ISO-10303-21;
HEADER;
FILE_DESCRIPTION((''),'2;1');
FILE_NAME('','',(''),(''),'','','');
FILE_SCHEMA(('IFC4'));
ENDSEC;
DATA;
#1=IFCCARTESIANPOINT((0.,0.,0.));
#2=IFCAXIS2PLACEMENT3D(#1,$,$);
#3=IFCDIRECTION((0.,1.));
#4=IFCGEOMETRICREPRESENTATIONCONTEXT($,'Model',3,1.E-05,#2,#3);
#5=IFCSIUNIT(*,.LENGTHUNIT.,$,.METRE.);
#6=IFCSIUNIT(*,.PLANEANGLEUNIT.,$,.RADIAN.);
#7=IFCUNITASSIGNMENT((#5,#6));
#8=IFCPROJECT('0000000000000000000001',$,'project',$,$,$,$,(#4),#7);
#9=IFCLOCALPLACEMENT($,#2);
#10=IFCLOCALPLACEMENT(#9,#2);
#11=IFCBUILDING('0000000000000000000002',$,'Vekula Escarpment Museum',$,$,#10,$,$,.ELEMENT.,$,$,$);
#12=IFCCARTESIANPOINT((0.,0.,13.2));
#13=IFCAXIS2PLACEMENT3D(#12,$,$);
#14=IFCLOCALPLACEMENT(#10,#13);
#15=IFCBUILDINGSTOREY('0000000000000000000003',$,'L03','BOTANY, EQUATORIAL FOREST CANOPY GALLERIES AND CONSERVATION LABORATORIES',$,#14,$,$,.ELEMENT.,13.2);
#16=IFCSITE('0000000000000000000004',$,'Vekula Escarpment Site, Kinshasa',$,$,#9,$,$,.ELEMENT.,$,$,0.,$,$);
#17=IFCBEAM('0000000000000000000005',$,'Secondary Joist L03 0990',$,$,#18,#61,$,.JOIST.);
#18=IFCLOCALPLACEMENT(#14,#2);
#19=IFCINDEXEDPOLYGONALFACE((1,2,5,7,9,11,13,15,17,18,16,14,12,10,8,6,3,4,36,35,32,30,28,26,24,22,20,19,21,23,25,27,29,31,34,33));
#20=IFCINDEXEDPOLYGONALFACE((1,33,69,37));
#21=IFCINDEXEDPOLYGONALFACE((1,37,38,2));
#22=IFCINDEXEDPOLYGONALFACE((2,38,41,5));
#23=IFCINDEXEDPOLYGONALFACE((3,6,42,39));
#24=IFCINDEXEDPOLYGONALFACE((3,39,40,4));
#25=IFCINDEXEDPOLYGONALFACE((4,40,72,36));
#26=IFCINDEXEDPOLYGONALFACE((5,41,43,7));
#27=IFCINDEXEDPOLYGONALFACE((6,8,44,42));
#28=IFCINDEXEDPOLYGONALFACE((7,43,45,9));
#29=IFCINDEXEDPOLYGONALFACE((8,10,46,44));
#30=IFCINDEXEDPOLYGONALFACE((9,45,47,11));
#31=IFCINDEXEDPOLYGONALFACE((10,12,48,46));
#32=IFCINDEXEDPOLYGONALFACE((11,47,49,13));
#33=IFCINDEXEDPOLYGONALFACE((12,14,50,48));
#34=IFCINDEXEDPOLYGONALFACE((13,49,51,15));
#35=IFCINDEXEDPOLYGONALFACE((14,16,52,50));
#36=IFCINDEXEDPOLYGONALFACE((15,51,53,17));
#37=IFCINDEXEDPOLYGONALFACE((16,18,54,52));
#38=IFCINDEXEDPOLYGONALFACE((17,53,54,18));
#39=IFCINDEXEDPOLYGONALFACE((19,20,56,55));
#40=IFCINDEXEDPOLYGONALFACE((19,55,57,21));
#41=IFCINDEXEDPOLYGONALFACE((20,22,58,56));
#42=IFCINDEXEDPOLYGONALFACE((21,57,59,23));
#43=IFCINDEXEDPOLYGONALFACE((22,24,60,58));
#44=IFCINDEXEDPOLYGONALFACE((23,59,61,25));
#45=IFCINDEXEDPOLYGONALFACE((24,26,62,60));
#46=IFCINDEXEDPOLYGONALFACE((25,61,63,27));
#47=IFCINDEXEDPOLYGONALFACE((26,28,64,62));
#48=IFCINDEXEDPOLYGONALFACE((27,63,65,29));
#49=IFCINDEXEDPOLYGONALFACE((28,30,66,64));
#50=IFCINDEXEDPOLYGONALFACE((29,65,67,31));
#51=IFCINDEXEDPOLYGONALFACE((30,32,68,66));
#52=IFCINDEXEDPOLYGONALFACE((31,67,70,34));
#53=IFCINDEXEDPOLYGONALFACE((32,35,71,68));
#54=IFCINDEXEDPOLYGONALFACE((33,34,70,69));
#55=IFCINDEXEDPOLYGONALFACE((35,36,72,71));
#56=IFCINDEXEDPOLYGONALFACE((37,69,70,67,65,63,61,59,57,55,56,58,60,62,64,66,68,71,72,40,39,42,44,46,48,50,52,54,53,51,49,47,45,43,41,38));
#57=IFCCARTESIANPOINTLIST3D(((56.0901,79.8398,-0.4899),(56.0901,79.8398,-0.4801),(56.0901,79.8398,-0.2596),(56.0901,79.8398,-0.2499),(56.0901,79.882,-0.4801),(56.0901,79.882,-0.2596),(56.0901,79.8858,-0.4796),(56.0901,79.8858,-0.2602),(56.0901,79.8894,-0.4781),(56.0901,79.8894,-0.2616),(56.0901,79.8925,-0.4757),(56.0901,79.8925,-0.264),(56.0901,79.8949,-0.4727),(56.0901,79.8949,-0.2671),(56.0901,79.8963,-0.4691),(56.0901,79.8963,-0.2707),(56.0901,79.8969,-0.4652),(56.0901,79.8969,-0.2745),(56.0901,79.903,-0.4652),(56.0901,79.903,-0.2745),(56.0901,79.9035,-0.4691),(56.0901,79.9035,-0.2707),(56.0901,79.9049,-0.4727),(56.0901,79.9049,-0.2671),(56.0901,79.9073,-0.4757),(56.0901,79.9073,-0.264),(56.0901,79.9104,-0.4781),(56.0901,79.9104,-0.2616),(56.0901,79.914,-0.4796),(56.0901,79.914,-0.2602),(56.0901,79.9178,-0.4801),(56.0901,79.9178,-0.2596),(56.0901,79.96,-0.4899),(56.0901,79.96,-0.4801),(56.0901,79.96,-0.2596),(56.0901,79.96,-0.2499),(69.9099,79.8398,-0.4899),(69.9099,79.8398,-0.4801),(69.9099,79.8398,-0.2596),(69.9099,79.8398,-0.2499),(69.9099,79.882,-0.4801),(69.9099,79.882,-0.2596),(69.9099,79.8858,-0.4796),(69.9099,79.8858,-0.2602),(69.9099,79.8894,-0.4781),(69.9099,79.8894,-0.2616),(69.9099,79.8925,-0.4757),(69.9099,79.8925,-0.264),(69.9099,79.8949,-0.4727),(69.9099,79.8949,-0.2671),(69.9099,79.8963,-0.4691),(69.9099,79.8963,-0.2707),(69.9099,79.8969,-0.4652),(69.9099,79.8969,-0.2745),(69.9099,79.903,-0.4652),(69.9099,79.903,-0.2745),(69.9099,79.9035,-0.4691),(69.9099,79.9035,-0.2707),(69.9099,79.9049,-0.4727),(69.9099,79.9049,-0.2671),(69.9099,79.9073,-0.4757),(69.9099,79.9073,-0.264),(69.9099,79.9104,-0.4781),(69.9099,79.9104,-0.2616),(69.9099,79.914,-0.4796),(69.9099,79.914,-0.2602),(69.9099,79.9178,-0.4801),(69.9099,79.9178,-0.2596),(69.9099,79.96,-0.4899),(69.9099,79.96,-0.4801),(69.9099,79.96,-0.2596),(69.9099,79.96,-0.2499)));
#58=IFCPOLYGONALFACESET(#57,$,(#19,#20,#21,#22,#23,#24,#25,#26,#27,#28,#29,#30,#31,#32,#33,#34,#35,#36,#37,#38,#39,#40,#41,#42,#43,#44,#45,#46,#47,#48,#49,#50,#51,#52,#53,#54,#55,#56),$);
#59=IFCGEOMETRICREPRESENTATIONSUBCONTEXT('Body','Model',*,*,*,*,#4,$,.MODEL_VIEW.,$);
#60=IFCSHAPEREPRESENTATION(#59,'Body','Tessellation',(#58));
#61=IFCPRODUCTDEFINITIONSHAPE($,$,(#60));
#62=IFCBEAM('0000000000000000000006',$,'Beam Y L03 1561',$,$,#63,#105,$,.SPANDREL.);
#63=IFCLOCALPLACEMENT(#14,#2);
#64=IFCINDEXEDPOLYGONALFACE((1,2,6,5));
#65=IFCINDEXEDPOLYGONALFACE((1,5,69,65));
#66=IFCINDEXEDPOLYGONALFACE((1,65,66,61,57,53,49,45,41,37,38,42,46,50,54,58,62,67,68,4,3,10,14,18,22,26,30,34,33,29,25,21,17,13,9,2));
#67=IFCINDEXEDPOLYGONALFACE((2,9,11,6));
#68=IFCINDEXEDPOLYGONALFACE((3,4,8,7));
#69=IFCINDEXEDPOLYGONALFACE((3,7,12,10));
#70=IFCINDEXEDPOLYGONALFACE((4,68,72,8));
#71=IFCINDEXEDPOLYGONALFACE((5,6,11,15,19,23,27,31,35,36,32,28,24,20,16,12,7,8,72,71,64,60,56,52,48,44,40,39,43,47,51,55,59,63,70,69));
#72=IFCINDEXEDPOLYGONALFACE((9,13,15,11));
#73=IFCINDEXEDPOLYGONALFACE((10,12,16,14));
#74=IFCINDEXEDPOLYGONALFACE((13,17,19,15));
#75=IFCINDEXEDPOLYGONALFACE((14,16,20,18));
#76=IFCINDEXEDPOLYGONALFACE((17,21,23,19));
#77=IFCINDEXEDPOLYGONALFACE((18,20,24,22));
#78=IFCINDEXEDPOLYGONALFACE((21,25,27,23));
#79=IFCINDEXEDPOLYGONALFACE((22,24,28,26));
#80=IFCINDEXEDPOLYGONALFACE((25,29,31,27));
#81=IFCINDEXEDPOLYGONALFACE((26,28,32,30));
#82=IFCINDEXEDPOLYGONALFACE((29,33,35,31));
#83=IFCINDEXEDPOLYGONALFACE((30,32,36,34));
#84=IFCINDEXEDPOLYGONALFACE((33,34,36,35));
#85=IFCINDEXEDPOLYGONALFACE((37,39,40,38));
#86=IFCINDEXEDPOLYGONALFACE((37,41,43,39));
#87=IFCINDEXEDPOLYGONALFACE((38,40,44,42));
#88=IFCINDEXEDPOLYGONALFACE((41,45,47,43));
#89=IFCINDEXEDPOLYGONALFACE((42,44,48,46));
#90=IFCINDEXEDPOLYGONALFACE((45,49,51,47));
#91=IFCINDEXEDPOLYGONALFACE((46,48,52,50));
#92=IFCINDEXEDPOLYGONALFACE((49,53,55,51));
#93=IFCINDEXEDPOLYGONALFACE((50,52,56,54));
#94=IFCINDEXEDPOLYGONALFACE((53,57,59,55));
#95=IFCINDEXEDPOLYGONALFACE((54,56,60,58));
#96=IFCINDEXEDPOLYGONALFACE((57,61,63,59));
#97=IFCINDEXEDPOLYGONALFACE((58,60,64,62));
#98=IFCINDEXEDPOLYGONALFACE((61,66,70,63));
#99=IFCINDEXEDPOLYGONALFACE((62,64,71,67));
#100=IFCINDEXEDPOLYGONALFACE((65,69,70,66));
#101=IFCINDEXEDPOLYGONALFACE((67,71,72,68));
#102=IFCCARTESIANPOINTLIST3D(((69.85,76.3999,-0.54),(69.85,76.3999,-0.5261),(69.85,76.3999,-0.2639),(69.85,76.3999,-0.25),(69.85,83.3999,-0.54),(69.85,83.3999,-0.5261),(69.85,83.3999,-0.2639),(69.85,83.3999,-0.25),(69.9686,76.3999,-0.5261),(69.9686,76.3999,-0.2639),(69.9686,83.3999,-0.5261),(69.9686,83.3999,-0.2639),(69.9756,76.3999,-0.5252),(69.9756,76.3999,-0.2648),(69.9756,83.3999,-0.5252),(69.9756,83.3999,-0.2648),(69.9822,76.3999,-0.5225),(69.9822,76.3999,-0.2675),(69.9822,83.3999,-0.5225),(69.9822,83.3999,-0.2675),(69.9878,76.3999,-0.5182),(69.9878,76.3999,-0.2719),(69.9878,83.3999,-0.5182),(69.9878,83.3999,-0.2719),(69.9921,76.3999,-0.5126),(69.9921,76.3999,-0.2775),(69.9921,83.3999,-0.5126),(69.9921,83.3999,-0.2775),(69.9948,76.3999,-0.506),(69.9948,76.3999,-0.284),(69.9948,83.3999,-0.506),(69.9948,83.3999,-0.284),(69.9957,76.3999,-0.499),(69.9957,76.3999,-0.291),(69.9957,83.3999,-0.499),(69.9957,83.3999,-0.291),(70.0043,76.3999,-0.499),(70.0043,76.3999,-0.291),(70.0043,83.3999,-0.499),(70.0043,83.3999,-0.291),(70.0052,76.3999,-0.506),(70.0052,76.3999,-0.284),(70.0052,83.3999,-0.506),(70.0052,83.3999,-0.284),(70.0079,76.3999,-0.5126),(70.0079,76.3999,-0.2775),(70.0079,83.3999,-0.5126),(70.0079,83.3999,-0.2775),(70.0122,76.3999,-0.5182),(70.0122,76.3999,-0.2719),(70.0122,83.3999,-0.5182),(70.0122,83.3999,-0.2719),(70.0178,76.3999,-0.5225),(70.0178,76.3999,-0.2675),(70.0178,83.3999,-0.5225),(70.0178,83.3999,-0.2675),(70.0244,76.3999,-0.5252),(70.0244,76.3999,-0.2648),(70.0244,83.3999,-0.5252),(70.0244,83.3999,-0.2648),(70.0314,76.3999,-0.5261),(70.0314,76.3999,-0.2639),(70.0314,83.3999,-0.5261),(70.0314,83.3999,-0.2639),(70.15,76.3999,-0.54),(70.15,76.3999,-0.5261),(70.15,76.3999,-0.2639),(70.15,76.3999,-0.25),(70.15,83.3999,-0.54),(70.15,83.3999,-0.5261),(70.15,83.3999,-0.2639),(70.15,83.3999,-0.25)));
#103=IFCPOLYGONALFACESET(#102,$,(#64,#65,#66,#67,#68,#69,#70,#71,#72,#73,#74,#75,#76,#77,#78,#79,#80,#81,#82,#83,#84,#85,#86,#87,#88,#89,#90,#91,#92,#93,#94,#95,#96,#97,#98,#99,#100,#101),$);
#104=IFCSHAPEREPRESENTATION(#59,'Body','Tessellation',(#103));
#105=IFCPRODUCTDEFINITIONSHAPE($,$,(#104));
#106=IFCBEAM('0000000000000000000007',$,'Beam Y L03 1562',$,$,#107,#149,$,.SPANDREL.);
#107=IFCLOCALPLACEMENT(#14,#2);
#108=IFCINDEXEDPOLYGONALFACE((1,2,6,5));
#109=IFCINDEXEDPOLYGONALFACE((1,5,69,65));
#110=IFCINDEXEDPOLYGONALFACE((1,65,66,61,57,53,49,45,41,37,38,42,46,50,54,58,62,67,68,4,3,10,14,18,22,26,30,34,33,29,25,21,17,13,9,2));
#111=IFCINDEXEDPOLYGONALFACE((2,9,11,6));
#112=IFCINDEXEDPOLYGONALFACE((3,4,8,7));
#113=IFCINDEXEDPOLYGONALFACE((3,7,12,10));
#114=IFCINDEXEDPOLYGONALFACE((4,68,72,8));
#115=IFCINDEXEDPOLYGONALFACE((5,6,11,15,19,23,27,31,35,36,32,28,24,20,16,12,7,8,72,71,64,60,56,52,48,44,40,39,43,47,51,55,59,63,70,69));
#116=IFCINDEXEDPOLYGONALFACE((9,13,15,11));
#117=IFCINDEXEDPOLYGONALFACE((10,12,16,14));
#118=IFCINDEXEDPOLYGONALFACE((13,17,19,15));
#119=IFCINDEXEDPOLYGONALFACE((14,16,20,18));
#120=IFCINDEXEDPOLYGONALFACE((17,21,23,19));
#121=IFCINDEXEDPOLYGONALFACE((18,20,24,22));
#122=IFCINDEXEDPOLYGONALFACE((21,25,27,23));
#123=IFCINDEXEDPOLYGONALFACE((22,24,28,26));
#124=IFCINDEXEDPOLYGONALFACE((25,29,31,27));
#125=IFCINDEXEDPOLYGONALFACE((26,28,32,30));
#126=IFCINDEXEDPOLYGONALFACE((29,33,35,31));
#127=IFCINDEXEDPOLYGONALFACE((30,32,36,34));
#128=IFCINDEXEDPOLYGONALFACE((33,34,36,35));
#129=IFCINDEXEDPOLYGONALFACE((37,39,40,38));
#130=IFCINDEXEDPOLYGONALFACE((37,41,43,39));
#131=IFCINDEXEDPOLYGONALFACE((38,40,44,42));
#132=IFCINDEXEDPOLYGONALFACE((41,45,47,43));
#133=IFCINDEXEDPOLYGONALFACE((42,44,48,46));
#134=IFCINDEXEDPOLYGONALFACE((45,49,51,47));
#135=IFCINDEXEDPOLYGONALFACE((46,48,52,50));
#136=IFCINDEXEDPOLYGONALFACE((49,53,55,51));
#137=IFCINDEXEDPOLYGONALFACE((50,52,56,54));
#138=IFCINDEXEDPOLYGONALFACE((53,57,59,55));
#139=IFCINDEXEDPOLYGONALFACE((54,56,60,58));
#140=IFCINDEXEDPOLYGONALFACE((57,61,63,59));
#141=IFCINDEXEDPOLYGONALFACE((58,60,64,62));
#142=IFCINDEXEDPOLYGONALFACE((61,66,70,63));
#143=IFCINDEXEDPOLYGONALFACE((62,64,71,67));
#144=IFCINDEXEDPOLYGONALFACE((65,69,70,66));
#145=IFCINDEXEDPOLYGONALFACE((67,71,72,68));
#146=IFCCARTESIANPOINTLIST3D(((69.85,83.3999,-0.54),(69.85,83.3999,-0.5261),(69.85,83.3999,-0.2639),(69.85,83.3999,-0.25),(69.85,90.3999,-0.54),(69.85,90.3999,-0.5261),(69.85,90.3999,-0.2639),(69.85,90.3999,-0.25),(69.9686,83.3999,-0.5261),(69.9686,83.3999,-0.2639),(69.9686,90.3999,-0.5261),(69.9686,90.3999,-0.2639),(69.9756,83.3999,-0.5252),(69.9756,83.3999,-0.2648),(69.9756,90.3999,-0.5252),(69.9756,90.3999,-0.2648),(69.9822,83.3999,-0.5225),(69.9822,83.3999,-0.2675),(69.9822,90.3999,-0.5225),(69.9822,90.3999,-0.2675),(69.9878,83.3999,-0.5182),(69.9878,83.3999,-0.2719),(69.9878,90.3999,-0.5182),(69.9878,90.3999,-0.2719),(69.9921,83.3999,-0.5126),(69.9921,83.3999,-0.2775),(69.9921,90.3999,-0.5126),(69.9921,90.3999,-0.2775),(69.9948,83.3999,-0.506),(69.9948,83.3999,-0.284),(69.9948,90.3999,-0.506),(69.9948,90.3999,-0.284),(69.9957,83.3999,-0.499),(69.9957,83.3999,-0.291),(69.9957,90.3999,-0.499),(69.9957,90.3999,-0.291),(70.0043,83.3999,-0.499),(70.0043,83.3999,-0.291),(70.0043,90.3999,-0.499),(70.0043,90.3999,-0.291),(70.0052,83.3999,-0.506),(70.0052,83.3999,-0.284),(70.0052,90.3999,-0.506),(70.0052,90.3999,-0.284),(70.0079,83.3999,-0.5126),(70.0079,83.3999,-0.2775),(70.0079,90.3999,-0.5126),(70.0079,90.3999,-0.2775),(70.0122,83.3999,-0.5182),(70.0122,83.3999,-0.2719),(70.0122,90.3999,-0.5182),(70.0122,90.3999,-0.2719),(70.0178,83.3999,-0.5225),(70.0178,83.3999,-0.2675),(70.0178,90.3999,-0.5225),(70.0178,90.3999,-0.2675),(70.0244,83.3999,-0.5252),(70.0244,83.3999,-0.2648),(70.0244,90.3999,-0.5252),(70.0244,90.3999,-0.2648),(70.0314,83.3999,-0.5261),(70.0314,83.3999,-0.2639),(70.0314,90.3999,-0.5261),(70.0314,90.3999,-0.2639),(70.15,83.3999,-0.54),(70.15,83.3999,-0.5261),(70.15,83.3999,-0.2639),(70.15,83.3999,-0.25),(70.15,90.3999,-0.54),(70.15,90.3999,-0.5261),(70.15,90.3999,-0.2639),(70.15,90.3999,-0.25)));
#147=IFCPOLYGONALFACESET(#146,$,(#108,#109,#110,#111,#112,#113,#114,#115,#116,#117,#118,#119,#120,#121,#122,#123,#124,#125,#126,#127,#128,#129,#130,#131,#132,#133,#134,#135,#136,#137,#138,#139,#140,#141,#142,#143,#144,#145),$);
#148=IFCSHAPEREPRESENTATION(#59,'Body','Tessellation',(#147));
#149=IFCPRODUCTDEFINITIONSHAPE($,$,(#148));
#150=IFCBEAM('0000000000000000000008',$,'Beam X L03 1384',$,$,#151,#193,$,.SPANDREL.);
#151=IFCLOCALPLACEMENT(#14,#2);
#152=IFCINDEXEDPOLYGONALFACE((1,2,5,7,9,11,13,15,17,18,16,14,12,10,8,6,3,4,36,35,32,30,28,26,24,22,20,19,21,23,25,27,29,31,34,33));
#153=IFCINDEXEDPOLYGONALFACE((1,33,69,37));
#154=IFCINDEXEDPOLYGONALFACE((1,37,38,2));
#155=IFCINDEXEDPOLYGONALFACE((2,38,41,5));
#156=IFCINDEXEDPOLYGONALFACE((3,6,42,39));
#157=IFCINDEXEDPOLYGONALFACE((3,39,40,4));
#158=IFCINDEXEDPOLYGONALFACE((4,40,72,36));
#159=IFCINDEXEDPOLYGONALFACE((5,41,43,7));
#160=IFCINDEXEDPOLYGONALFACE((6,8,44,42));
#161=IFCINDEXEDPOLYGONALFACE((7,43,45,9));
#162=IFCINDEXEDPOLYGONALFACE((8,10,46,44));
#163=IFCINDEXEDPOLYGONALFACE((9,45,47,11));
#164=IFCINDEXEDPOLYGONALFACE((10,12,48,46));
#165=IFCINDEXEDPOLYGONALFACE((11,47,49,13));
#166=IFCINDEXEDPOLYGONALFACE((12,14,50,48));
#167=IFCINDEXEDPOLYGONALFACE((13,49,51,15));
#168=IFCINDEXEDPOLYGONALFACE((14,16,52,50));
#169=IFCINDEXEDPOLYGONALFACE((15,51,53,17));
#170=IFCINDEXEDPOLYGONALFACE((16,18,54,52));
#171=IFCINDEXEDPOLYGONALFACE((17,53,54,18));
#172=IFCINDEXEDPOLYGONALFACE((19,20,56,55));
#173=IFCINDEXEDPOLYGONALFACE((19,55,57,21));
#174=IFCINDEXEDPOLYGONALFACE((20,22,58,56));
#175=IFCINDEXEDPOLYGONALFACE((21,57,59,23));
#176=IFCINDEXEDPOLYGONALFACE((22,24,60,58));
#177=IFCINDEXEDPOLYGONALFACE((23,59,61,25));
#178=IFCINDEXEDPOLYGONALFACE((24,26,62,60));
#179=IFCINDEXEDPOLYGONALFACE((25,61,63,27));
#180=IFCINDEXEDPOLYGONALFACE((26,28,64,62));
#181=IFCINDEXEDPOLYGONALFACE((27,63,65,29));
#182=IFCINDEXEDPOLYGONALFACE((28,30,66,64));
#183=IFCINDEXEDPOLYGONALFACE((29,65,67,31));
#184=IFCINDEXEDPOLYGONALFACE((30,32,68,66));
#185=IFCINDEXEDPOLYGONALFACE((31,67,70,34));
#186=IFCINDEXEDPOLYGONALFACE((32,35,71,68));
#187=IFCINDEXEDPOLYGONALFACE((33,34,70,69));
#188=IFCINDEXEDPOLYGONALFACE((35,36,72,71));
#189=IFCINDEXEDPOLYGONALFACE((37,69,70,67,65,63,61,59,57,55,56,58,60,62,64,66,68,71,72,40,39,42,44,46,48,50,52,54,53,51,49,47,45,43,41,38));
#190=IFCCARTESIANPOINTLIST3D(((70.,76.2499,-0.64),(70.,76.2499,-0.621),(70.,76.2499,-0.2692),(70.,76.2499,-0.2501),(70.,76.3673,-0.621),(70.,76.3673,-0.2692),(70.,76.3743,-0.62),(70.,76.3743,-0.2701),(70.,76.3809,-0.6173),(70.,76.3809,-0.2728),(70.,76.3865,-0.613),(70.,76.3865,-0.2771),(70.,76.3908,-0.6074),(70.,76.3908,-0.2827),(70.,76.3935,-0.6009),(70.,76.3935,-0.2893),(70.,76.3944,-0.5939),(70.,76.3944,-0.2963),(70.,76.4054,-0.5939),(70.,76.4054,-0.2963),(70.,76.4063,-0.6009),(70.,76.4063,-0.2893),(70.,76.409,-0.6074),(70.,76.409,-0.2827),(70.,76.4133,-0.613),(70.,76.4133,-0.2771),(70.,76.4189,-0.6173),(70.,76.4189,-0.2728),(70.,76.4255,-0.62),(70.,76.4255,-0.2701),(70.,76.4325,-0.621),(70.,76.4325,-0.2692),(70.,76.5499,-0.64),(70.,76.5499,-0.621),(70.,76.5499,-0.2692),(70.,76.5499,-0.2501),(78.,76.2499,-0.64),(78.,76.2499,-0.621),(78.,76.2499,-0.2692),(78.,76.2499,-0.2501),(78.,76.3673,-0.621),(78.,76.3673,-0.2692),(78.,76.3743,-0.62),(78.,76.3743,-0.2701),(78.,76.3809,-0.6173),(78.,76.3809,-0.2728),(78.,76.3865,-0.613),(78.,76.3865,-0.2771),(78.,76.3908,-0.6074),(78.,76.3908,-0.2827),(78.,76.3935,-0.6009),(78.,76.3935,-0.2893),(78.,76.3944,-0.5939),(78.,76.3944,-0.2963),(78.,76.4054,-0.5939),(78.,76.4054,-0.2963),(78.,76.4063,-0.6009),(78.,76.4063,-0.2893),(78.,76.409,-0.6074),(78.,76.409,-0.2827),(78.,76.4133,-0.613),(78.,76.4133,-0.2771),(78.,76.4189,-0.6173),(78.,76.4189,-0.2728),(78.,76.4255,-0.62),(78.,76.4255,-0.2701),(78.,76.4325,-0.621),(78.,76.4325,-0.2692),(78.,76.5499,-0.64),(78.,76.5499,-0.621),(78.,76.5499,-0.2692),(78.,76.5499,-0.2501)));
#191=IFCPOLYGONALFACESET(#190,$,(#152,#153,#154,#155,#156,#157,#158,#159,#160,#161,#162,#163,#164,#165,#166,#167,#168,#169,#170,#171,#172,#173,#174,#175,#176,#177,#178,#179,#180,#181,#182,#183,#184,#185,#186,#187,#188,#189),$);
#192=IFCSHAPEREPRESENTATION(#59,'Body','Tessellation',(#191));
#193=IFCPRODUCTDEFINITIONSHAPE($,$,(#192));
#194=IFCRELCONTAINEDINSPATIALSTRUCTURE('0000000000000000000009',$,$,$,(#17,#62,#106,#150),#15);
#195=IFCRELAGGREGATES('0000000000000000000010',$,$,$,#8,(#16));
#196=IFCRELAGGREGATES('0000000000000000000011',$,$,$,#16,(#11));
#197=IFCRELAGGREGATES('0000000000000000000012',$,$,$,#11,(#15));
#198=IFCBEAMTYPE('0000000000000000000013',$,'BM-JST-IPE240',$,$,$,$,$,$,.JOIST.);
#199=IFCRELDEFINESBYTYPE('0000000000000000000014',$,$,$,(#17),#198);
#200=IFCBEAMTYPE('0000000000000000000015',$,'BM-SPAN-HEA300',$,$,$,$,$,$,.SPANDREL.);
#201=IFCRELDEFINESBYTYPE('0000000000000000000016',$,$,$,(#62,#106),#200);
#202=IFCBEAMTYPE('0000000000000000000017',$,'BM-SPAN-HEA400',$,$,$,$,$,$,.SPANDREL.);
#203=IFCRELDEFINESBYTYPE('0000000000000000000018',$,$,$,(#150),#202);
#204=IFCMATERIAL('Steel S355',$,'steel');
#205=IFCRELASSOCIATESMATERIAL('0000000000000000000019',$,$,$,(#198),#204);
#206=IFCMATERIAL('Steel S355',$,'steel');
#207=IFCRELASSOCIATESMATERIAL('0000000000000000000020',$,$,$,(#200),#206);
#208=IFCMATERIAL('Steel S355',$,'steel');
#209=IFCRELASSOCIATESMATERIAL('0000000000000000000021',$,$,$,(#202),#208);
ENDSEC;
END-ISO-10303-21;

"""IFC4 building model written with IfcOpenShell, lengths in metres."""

from ifc_helpers import new_model, si_unit, direction, frame, origin, origin_2d, place, context, subcontext, project, spatial, i_section, extrude, material, material_profile, profile_set, type_object, element, save


model = new_model("IFC4")

# Units and contexts
model_context = context("Model", 3, precision=1e-05, world=origin(), true_north=direction((0.0, 1.0)))
body_context = subcontext(model_context, "Body", "Model", "MODEL_VIEW")
ifc_project = project(units=[si_unit("LENGTHUNIT", "METRE"), si_unit("PLANEANGLEUNIT", "RADIAN")], contexts=[model_context])

# Site, building, storey
site_placement = place(None, origin())
site = spatial("IfcSite", under=ifc_project, at=site_placement, Name="Vekula Escarpment Site, Kinshasa", CompositionType="ELEMENT", RefElevation=0.0)
building_placement = place(site_placement, origin())
building = spatial("IfcBuilding", under=site, at=building_placement, Name="Vekula Escarpment Museum", CompositionType="ELEMENT")
storey_placement = place(building_placement, frame((0.0, 0.0, 13.2)))
storey = spatial("IfcBuildingStorey", under=building, at=storey_placement, Name="L03", Description="BOTANY, EQUATORIAL FOREST CANOPY GALLERIES AND CONSERVATION LABORATORIES", CompositionType="ELEMENT", Elevation=13.2)

# Beams
ifc_material_1 = material(Name="Steel S355", Category="steel")
ifc_material_profile_1 = material_profile(ifc_material_1, i_section(OverallWidth=0.1201, OverallDepth=0.24, WebThickness=0.0061, FlangeThickness=0.0098, FilletRadius=0.0149, at=origin_2d()), Name="IPE 240")
ifc_profile_set_1 = profile_set([ifc_material_profile_1], Name="Steel S355")
beam_type_1 = type_object("IfcBeamType", Name="BM-JST-IPE240", PredefinedType="JOIST", material=ifc_profile_set_1)
beam_1_placement = place(storey_placement, frame((56.0901, 79.8999, -0.3699), z_axis=(1.0, 0.0, 0.0), x_axis=(0.0, 1.0, 0.0)))
element("IfcBeam", 1, at=beam_1_placement, inside=storey, type_object=beam_type_1, Name="Secondary Joist L03 0990", PredefinedType="JOIST", context=body_context, shape_type="SweptSolid", body=[
    extrude(i_section(OverallWidth=0.1201, OverallDepth=0.24, WebThickness=0.0061, FlangeThickness=0.0098, FilletRadius=0.0149, at=origin_2d()), origin(), (0.0, 0.0, 1.0), 13.8198),
])
ifc_material_2 = material(Name="Steel S355", Category="steel")
ifc_material_profile_2 = material_profile(ifc_material_2, i_section(OverallWidth=0.3, OverallDepth=0.29, WebThickness=0.0085, FlangeThickness=0.0139, FilletRadius=0.0271, at=origin_2d()), Name="HEA 300")
ifc_profile_set_2 = profile_set([ifc_material_profile_2], Name="Steel S355")
beam_type_2 = type_object("IfcBeamType", Name="BM-SPAN-HEA300", PredefinedType="SPANDREL", material=ifc_profile_set_2)
for number, where, z_axis, x_axis, name in (
    (2, (70.0, 76.3999, -0.395), (0.0, 1.0, 0.0), (-1.0, 0.0, 0.0), "Beam Y L03 1561"),
    (3, (70.0, 83.3999, -0.395), (0.0, 1.0, 0.0), (-1.0, 0.0, 0.0), "Beam Y L03 1562"),
):
    element("IfcBeam", number, at=place(storey_placement, frame(where, z_axis=z_axis, x_axis=x_axis)), inside=storey, type_object=beam_type_2, Name=name, PredefinedType="SPANDREL", context=body_context, shape_type="SweptSolid", body=[
        extrude(i_section(OverallWidth=0.3, OverallDepth=0.29, WebThickness=0.0085, FlangeThickness=0.0139, FilletRadius=0.0271, at=origin_2d()), origin(), (0.0, 0.0, 1.0), 7.0),
    ])
ifc_material_3 = material(Name="Steel S355", Category="steel")
ifc_material_profile_3 = material_profile(ifc_material_3, i_section(OverallWidth=0.3, OverallDepth=0.3899, WebThickness=0.011, FlangeThickness=0.019, FilletRadius=0.0271, at=origin_2d()), Name="HEA 400")
ifc_profile_set_3 = profile_set([ifc_material_profile_3], Name="Steel S355")
beam_type_3 = type_object("IfcBeamType", Name="BM-SPAN-HEA400", PredefinedType="SPANDREL", material=ifc_profile_set_3)
beam_2_placement = place(storey_placement, frame((70.0, 76.3999, -0.4451), z_axis=(1.0, 0.0, 0.0), x_axis=(0.0, 1.0, 0.0)))
element("IfcBeam", 4, at=beam_2_placement, inside=storey, type_object=beam_type_3, Name="Beam X L03 1384", PredefinedType="SPANDREL", context=body_context, shape_type="SweptSolid", body=[
    extrude(i_section(OverallWidth=0.3, OverallDepth=0.3899, WebThickness=0.011, FlangeThickness=0.019, FilletRadius=0.0271, at=origin_2d()), origin(), (0.0, 0.0, 1.0), 8.0),
])

save(model, "model.ifc")
